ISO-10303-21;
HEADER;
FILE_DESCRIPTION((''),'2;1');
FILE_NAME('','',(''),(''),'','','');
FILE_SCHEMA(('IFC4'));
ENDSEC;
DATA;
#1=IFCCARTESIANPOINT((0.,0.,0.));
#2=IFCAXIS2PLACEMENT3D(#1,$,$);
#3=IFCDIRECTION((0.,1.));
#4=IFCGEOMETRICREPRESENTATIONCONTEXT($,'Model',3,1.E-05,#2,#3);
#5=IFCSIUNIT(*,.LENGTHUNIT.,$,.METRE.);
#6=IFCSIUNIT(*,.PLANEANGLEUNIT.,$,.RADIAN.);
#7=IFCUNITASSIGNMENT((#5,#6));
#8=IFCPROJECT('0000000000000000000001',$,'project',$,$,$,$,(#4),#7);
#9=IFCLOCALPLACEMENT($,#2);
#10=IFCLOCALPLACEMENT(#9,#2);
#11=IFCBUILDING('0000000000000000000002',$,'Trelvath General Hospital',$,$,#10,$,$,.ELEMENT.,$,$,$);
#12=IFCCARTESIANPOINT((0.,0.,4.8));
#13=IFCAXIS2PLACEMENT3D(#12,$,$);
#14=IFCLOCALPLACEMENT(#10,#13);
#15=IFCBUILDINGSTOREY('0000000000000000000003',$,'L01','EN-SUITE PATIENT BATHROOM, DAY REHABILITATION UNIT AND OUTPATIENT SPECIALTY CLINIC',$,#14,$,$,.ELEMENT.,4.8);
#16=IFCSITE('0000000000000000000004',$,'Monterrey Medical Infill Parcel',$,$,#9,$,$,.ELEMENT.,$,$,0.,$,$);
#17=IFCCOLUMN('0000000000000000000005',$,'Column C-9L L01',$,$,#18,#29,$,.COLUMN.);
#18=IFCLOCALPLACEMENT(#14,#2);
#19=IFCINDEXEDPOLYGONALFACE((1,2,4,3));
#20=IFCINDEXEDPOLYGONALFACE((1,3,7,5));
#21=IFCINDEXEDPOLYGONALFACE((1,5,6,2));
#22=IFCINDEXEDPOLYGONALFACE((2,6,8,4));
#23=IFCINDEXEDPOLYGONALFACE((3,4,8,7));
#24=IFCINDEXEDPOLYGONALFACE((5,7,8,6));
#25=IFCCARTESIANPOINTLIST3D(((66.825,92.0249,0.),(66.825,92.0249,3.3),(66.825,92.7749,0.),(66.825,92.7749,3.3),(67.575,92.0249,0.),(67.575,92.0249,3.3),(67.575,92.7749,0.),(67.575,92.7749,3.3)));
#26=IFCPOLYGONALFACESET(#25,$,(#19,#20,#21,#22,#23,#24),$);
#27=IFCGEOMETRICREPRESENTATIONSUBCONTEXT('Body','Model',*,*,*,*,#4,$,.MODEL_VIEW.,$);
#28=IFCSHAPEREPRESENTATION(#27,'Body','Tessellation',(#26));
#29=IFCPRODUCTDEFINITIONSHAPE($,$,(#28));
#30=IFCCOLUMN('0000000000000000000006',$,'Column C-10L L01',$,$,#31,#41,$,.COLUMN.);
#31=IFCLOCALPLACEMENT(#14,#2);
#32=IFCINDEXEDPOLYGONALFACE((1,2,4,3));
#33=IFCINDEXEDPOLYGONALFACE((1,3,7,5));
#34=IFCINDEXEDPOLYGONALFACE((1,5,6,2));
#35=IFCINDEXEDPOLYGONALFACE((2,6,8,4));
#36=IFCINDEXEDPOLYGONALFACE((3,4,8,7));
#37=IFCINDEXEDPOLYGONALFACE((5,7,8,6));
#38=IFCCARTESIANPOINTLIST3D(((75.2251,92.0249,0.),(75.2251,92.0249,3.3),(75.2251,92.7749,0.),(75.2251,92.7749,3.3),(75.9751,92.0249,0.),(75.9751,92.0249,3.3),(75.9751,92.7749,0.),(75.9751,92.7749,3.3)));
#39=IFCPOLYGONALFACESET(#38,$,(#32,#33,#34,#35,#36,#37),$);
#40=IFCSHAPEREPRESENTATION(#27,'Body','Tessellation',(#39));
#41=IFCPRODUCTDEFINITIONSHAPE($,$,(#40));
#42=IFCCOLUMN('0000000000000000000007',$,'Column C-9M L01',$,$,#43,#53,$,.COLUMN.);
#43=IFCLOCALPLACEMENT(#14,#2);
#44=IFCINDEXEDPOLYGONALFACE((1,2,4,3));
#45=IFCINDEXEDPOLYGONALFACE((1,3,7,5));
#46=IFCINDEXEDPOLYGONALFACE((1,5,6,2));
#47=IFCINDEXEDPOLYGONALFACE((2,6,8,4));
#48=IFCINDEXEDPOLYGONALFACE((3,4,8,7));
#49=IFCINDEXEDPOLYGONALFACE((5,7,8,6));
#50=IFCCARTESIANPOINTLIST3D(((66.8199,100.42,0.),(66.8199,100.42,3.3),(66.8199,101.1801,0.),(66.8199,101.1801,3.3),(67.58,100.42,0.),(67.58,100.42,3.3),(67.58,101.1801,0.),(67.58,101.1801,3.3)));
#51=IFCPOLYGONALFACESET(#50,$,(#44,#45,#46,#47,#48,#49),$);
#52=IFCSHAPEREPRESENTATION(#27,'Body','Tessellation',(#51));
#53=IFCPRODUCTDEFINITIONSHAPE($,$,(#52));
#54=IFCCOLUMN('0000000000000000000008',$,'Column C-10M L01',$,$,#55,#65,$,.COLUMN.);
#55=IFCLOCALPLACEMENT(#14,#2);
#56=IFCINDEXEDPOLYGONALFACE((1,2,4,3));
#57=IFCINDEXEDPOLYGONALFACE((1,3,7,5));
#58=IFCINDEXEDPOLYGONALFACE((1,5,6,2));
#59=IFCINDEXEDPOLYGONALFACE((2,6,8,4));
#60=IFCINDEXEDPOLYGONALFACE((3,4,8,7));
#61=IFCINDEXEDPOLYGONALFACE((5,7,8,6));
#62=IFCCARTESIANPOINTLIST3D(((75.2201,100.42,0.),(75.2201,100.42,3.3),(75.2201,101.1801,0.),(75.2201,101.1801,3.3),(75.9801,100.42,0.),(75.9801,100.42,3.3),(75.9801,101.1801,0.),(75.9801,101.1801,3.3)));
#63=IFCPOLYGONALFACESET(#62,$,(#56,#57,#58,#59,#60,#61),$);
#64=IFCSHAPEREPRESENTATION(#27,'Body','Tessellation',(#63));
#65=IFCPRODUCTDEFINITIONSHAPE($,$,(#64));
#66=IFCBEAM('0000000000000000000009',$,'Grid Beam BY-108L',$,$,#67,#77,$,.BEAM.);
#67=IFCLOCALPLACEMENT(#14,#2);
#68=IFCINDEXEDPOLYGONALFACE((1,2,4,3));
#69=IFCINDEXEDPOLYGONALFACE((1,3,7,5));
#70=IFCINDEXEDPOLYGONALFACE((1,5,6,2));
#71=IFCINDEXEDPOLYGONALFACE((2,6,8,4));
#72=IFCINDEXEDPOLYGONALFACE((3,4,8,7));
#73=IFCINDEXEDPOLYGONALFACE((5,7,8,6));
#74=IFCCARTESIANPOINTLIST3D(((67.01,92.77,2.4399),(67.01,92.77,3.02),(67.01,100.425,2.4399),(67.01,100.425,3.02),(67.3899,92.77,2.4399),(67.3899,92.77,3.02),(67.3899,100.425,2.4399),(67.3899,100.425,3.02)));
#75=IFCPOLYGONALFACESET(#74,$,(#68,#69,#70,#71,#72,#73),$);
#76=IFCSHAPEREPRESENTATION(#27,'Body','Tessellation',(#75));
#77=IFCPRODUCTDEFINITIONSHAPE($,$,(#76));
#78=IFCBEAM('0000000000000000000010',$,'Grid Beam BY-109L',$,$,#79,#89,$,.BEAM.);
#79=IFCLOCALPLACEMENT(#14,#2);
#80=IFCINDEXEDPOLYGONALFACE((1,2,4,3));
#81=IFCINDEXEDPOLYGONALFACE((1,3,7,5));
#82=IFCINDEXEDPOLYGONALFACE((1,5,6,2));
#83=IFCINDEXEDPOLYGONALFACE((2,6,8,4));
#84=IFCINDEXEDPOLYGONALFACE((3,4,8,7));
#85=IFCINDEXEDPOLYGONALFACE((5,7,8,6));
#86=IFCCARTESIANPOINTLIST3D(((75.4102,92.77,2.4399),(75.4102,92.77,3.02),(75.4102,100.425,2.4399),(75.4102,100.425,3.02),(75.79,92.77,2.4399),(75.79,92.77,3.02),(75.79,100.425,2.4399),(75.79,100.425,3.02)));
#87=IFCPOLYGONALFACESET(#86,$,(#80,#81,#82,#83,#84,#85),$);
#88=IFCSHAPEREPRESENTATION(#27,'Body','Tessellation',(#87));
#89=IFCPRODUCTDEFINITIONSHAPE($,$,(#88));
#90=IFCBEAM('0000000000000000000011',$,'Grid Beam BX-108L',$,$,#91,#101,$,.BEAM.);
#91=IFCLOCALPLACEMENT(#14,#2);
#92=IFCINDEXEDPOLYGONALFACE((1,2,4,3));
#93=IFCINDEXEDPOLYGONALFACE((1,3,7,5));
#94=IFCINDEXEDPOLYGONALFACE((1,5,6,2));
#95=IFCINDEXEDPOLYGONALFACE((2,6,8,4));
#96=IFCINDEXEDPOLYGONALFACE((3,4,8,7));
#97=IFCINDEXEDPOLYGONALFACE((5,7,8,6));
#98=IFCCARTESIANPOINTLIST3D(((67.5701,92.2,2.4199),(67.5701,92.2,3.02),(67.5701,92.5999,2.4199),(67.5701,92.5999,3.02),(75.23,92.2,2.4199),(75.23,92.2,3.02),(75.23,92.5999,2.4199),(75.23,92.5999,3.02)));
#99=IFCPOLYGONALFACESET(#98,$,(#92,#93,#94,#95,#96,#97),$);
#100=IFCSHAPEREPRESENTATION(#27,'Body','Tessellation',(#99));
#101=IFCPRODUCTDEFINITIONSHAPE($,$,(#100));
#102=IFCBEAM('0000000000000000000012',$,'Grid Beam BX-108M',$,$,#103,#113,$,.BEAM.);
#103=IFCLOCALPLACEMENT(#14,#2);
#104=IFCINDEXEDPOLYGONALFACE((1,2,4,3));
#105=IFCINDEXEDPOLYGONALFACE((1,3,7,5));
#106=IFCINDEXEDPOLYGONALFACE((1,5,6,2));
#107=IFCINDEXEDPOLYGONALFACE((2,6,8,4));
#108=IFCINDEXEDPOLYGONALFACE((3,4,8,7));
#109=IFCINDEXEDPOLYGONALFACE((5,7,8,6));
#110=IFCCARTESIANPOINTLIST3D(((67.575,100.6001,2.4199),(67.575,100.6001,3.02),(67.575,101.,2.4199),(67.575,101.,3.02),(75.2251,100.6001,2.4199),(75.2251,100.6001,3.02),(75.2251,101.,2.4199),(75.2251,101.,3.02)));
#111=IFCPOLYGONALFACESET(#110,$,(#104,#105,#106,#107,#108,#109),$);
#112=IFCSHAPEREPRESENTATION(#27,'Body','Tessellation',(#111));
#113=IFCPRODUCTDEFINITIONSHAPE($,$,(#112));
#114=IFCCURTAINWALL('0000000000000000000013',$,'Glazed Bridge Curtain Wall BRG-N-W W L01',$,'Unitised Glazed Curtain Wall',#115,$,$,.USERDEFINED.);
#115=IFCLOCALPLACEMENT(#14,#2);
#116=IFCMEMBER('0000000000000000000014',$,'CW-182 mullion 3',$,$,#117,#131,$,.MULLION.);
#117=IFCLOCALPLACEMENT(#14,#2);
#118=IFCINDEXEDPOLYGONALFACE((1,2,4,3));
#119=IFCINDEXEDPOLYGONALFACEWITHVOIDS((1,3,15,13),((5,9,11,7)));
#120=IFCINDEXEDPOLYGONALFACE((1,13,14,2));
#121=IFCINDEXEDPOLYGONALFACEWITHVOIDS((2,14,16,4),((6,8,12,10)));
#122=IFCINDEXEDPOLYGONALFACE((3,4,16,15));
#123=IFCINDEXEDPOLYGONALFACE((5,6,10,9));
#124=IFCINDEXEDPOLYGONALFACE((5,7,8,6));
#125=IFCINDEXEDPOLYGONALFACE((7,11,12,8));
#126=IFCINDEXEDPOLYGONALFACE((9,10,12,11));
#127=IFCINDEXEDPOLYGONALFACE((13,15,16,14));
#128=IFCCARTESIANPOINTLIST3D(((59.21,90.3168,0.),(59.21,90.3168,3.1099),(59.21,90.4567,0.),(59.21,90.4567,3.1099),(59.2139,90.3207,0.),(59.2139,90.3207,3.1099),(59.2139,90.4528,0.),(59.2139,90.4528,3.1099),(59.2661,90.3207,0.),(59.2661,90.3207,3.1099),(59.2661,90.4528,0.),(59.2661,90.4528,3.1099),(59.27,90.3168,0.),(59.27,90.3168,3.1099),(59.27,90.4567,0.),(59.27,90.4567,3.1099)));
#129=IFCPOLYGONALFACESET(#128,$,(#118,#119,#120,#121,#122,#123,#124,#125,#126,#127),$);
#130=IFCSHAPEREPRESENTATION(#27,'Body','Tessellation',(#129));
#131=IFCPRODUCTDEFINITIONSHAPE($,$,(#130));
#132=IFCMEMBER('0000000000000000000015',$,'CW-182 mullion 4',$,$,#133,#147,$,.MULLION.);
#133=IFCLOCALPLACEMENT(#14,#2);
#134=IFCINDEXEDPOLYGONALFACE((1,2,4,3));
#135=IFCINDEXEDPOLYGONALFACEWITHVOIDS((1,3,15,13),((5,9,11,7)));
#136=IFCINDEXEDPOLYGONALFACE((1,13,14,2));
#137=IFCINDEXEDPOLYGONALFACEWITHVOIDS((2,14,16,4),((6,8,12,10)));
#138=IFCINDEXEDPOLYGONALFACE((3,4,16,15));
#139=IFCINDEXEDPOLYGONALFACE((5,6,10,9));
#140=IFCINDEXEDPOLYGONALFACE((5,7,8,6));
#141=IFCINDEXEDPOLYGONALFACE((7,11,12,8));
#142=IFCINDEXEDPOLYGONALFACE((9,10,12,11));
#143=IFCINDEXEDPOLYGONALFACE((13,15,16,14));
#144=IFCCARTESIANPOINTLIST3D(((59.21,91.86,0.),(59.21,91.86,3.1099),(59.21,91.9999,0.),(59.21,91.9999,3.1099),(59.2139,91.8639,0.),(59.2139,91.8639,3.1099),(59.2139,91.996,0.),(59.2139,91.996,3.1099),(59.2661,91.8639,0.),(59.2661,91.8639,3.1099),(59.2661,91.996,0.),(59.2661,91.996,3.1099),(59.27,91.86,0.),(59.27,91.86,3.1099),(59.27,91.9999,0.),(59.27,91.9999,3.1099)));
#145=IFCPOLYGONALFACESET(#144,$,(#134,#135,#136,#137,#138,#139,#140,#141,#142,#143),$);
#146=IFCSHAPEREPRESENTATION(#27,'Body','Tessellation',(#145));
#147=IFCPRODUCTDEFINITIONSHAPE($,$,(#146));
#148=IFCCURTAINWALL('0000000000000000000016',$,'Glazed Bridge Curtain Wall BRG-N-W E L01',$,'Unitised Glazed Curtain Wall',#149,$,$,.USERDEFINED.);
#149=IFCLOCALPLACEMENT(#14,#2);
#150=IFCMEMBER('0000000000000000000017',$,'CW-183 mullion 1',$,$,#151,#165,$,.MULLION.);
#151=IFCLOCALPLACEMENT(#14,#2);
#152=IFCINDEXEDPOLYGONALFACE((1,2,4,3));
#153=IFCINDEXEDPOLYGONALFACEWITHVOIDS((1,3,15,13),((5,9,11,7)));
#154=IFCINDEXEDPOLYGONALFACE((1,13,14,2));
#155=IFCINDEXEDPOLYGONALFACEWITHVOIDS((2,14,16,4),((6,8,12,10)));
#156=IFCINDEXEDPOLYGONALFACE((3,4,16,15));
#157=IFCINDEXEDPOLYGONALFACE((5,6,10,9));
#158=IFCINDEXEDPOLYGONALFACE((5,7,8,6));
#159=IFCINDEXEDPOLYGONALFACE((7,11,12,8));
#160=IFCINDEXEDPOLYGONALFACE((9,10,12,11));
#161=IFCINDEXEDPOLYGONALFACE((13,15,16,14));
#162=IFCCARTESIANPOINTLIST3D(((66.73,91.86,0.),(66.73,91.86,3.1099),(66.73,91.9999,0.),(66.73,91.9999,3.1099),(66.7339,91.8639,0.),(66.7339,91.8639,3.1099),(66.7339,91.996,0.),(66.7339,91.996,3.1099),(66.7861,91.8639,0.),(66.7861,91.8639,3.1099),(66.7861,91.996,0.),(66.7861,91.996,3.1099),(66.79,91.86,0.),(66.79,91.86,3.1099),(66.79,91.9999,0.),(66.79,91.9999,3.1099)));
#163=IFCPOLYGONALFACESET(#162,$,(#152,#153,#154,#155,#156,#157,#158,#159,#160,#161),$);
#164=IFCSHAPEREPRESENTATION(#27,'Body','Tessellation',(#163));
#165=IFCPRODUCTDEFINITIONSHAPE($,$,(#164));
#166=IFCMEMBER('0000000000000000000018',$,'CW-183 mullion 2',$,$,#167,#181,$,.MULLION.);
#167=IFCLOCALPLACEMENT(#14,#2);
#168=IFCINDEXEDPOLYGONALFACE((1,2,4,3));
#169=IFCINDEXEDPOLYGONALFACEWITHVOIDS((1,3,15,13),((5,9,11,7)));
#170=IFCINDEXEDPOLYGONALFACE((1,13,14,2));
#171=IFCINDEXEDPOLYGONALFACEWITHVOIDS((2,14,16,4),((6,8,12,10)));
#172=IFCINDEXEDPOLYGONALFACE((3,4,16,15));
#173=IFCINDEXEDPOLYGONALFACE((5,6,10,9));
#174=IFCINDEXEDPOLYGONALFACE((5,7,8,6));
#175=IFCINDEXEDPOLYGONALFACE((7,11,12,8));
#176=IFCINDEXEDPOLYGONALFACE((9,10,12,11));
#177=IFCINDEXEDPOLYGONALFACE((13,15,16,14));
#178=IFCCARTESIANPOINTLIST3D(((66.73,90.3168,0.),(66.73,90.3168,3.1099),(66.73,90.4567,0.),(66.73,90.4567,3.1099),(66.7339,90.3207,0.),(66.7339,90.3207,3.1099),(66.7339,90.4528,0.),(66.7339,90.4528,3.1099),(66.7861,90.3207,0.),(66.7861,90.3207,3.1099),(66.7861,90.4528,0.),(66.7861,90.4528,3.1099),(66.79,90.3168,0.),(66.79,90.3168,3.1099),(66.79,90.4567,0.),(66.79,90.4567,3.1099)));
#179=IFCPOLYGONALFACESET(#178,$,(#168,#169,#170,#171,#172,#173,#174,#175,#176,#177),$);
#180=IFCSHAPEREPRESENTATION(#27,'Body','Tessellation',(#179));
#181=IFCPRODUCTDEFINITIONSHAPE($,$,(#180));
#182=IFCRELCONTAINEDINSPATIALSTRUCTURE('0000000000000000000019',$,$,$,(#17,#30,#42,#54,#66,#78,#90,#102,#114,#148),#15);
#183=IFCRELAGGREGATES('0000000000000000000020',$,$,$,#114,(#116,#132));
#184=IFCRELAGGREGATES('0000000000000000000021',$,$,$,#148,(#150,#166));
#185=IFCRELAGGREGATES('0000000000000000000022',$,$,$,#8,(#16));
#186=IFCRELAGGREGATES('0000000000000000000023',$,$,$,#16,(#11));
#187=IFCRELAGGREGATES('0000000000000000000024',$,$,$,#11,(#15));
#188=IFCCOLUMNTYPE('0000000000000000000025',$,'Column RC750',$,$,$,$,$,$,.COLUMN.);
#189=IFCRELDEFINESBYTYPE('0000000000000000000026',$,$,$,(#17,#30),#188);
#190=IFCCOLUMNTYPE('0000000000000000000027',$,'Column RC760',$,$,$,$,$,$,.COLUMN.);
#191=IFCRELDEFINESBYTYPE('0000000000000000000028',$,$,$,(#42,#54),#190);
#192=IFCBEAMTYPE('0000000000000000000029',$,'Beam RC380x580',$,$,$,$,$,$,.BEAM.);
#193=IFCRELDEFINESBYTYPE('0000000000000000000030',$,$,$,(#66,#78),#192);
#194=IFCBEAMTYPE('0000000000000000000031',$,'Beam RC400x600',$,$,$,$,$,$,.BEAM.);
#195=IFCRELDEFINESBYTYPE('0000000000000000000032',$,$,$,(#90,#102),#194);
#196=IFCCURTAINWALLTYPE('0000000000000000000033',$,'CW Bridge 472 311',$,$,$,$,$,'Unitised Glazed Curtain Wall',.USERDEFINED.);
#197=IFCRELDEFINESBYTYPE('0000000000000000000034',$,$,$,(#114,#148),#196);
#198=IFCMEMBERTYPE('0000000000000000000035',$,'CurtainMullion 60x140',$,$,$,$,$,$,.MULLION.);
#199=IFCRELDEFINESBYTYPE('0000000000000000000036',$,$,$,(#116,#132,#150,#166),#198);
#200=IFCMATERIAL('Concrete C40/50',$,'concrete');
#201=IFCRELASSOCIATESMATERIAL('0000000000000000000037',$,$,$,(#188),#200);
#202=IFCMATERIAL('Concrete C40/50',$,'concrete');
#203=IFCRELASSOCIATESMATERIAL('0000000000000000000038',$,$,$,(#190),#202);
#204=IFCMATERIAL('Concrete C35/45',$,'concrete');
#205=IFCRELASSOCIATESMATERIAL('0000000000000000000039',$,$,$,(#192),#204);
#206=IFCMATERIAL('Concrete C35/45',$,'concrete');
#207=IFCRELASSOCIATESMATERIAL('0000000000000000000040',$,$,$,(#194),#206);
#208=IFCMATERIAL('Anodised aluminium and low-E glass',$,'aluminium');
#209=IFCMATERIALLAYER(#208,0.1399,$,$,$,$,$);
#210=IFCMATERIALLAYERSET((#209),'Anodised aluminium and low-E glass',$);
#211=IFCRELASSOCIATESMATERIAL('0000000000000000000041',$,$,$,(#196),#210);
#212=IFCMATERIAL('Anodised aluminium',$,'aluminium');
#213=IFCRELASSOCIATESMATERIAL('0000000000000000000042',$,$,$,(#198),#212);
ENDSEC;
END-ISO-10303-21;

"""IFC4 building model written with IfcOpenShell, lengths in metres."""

from ifc_helpers import new_model, si_unit, direction, frame, origin, origin_2d, place, context, subcontext, project, spatial, rectangle, hollow_rectangle, extrude, material, layer, layer_set, material_profile, profile_set, type_object, element, aggregate, save


model = new_model("IFC4")

# Units and contexts
model_context = context("Model", 3, precision=1e-05, world=origin(), true_north=direction((0.0, 1.0)))
body_context = subcontext(model_context, "Body", "Model", "MODEL_VIEW")
ifc_project = project(units=[si_unit("LENGTHUNIT", "METRE"), si_unit("PLANEANGLEUNIT", "RADIAN")], contexts=[model_context])

# Site, building, storey
site_placement = place(None, origin())
site = spatial("IfcSite", under=ifc_project, at=site_placement, Name="Monterrey Medical Infill Parcel", CompositionType="ELEMENT", RefElevation=0.0)
building_placement = place(site_placement, origin())
building = spatial("IfcBuilding", under=site, at=building_placement, Name="Trelvath General Hospital", CompositionType="ELEMENT")
storey_placement = place(building_placement, frame((0.0, 0.0, 4.8)))
storey = spatial("IfcBuildingStorey", under=building, at=storey_placement, Name="L01", Description="EN-SUITE PATIENT BATHROOM, DAY REHABILITATION UNIT AND OUTPATIENT SPECIALTY CLINIC", CompositionType="ELEMENT", Elevation=4.8)

# Columns
ifc_material_1 = material(Name="Concrete C40/50", Category="concrete")
ifc_material_profile_1 = material_profile(ifc_material_1, rectangle(XDim=0.75, YDim=0.75, at=origin_2d()), Name="RC750x750")
ifc_profile_set_1 = profile_set([ifc_material_profile_1], Name="Concrete C40/50")
column_type_1 = type_object("IfcColumnType", Name="Column RC750", PredefinedType="COLUMN", material=ifc_profile_set_1)
for number, where, z_axis, x_axis, name in (
    (1, (67.2, 92.3999, 0.0), (0.0, 0.0, 1.0), (1.0, 0.0, 0.0), "Column C-9L L01"),
    (2, (75.6001, 92.3999, 0.0), (0.0, 0.0, 1.0), (1.0, 0.0, 0.0), "Column C-10L L01"),
):
    element("IfcColumn", number, at=place(storey_placement, frame(where, z_axis=z_axis, x_axis=x_axis)), inside=storey, type_object=column_type_1, Name=name, PredefinedType="COLUMN", context=body_context, shape_type="SweptSolid", body=[
        extrude(rectangle(XDim=0.75, YDim=0.75, at=origin_2d()), origin(), (0.0, 0.0, 1.0), 3.3),
    ])
ifc_material_2 = material(Name="Concrete C40/50", Category="concrete")
ifc_material_profile_2 = material_profile(ifc_material_2, rectangle(XDim=0.76, YDim=0.76, at=origin_2d()), Name="RC760x760")
ifc_profile_set_2 = profile_set([ifc_material_profile_2], Name="Concrete C40/50")
column_type_2 = type_object("IfcColumnType", Name="Column RC760", PredefinedType="COLUMN", material=ifc_profile_set_2)
for number, where, z_axis, x_axis, name in (
    (3, (67.2, 100.8, 0.0), (0.0, 0.0, 1.0), (1.0, 0.0, 0.0), "Column C-9M L01"),
    (4, (75.6001, 100.8, 0.0), (0.0, 0.0, 1.0), (1.0, 0.0, 0.0), "Column C-10M L01"),
):
    element("IfcColumn", number, at=place(storey_placement, frame(where, z_axis=z_axis, x_axis=x_axis)), inside=storey, type_object=column_type_2, Name=name, PredefinedType="COLUMN", context=body_context, shape_type="SweptSolid", body=[
        extrude(rectangle(XDim=0.76, YDim=0.76, at=origin_2d()), origin(), (0.0, 0.0, 1.0), 3.3),
    ])

# Beams
ifc_material_3 = material(Name="Concrete C35/45", Category="concrete")
ifc_material_profile_3 = material_profile(ifc_material_3, rectangle(XDim=0.3799, YDim=0.5801, at=origin_2d()), Name="RCB380x580")
ifc_profile_set_3 = profile_set([ifc_material_profile_3], Name="Concrete C35/45")
beam_type_1 = type_object("IfcBeamType", Name="Beam RC380x580", PredefinedType="BEAM", material=ifc_profile_set_3)
for number, where, z_axis, x_axis, name in (
    (5, (67.2, 92.77, 2.73), (0.0, 1.0, 0.0), (-1.0, 0.0, 0.0), "Grid Beam BY-108L"),
    (6, (75.6001, 92.77, 2.73), (0.0, 1.0, 0.0), (-1.0, 0.0, 0.0), "Grid Beam BY-109L"),
):
    element("IfcBeam", number, at=place(storey_placement, frame(where, z_axis=z_axis, x_axis=x_axis)), inside=storey, type_object=beam_type_1, Name=name, PredefinedType="BEAM", context=body_context, shape_type="SweptSolid", body=[
        extrude(rectangle(XDim=0.3799, YDim=0.5801, at=origin_2d()), origin(), (0.0, 0.0, 1.0), 7.655),
    ])
ifc_material_4 = material(Name="Concrete C35/45", Category="concrete")
ifc_material_profile_4 = material_profile(ifc_material_4, rectangle(XDim=0.3999, YDim=0.6001, at=origin_2d()), Name="RCB400x600")
ifc_profile_set_4 = profile_set([ifc_material_profile_4], Name="Concrete C35/45")
beam_type_2 = type_object("IfcBeamType", Name="Beam RC400x600", PredefinedType="BEAM", material=ifc_profile_set_4)
beam_1_placement = place(storey_placement, frame((67.5701, 92.3999, 2.72), z_axis=(1.0, 0.0, 0.0), x_axis=(0.0, 1.0, 0.0)))
element("IfcBeam", 7, at=beam_1_placement, inside=storey, type_object=beam_type_2, Name="Grid Beam BX-108L", PredefinedType="BEAM", context=body_context, shape_type="SweptSolid", body=[
    extrude(rectangle(XDim=0.3999, YDim=0.6001, at=origin_2d()), origin(), (0.0, 0.0, 1.0), 7.6599),
])
beam_2_placement = place(storey_placement, frame((67.575, 100.8, 2.72), z_axis=(1.0, 0.0, 0.0), x_axis=(0.0, 1.0, 0.0)))
element("IfcBeam", 8, at=beam_2_placement, inside=storey, type_object=beam_type_2, Name="Grid Beam BX-108M", PredefinedType="BEAM", context=body_context, shape_type="SweptSolid", body=[
    extrude(rectangle(XDim=0.3999, YDim=0.6001, at=origin_2d()), origin(), (0.0, 0.0, 1.0), 7.6501),
])

# Curtain walls, members
ifc_material_5 = material(Name="Anodised aluminium and low-E glass", Category="aluminium")
ifc_layer_1 = layer(ifc_material_5, 0.1399)
ifc_layer_set_1 = layer_set([ifc_layer_1], Name="Anodised aluminium and low-E glass")
curtain_wall_type = type_object("IfcCurtainWallType", Name="CW Bridge 472 311", ElementType="Unitised Glazed Curtain Wall", PredefinedType="USERDEFINED", material=ifc_layer_set_1)
curtain_wall_1_placement = place(storey_placement, origin())
curtain_wall_1 = element("IfcCurtainWall", 9, at=curtain_wall_1_placement, inside=storey, type_object=curtain_wall_type, Name="Glazed Bridge Curtain Wall BRG-N-W W L01", ObjectType="Unitised Glazed Curtain Wall", PredefinedType="USERDEFINED")
ifc_material_6 = material(Name="Anodised aluminium", Category="aluminium")
ifc_material_profile_5 = material_profile(ifc_material_6, hollow_rectangle(XDim=0.0601, YDim=0.1399, WallThickness=0.0039, at=origin_2d()), Name="RHS60x140x4")
ifc_profile_set_5 = profile_set([ifc_material_profile_5], Name="Anodised aluminium")
member_type_1 = type_object("IfcMemberType", Name="CurtainMullion 60x140", PredefinedType="MULLION", material=ifc_profile_set_5)
member_1_placement = place(storey_placement, frame((59.24, 90.3867, 0.0), z_axis=(0.0, 0.0, 1.0), x_axis=(-1.0, 0.0, 0.0)))
member_1 = element("IfcMember", 10, at=member_1_placement, type_object=member_type_1, Name="CW-182 mullion 3", PredefinedType="MULLION", context=body_context, shape_type="SweptSolid", body=[
    extrude(hollow_rectangle(XDim=0.0601, YDim=0.1399, WallThickness=0.0039, at=origin_2d()), origin(), (0.0, 0.0, 1.0), 3.1099),
])
member_2_placement = place(storey_placement, frame((59.24, 91.9299, 0.0), z_axis=(0.0, 0.0, 1.0), x_axis=(-1.0, 0.0, 0.0)))
member_2 = element("IfcMember", 11, at=member_2_placement, type_object=member_type_1, Name="CW-182 mullion 4", PredefinedType="MULLION", context=body_context, shape_type="SweptSolid", body=[
    extrude(hollow_rectangle(XDim=0.0601, YDim=0.1399, WallThickness=0.0039, at=origin_2d()), origin(), (0.0, 0.0, 1.0), 3.1099),
])
curtain_wall_2_placement = place(storey_placement, origin())
curtain_wall_2 = element("IfcCurtainWall", 12, at=curtain_wall_2_placement, inside=storey, type_object=curtain_wall_type, Name="Glazed Bridge Curtain Wall BRG-N-W E L01", ObjectType="Unitised Glazed Curtain Wall", PredefinedType="USERDEFINED")
member_3_placement = place(storey_placement, frame((66.76, 91.9299, 0.0), z_axis=(0.0, 0.0, 1.0), x_axis=(1.0, 0.0, 0.0)))
member_3 = element("IfcMember", 13, at=member_3_placement, type_object=member_type_1, Name="CW-183 mullion 1", PredefinedType="MULLION", context=body_context, shape_type="SweptSolid", body=[
    extrude(hollow_rectangle(XDim=0.0601, YDim=0.1399, WallThickness=0.0039, at=origin_2d()), origin(), (0.0, 0.0, 1.0), 3.1099),
])
member_4_placement = place(storey_placement, frame((66.76, 90.3867, 0.0), z_axis=(0.0, 0.0, 1.0), x_axis=(1.0, 0.0, 0.0)))
member_4 = element("IfcMember", 14, at=member_4_placement, type_object=member_type_1, Name="CW-183 mullion 2", PredefinedType="MULLION", context=body_context, shape_type="SweptSolid", body=[
    extrude(hollow_rectangle(XDim=0.0601, YDim=0.1399, WallThickness=0.0039, at=origin_2d()), origin(), (0.0, 0.0, 1.0), 3.1099),
])

aggregate(curtain_wall_1, [member_1, member_2])
aggregate(curtain_wall_2, [member_3, member_4])

save(model, "model.ifc")
